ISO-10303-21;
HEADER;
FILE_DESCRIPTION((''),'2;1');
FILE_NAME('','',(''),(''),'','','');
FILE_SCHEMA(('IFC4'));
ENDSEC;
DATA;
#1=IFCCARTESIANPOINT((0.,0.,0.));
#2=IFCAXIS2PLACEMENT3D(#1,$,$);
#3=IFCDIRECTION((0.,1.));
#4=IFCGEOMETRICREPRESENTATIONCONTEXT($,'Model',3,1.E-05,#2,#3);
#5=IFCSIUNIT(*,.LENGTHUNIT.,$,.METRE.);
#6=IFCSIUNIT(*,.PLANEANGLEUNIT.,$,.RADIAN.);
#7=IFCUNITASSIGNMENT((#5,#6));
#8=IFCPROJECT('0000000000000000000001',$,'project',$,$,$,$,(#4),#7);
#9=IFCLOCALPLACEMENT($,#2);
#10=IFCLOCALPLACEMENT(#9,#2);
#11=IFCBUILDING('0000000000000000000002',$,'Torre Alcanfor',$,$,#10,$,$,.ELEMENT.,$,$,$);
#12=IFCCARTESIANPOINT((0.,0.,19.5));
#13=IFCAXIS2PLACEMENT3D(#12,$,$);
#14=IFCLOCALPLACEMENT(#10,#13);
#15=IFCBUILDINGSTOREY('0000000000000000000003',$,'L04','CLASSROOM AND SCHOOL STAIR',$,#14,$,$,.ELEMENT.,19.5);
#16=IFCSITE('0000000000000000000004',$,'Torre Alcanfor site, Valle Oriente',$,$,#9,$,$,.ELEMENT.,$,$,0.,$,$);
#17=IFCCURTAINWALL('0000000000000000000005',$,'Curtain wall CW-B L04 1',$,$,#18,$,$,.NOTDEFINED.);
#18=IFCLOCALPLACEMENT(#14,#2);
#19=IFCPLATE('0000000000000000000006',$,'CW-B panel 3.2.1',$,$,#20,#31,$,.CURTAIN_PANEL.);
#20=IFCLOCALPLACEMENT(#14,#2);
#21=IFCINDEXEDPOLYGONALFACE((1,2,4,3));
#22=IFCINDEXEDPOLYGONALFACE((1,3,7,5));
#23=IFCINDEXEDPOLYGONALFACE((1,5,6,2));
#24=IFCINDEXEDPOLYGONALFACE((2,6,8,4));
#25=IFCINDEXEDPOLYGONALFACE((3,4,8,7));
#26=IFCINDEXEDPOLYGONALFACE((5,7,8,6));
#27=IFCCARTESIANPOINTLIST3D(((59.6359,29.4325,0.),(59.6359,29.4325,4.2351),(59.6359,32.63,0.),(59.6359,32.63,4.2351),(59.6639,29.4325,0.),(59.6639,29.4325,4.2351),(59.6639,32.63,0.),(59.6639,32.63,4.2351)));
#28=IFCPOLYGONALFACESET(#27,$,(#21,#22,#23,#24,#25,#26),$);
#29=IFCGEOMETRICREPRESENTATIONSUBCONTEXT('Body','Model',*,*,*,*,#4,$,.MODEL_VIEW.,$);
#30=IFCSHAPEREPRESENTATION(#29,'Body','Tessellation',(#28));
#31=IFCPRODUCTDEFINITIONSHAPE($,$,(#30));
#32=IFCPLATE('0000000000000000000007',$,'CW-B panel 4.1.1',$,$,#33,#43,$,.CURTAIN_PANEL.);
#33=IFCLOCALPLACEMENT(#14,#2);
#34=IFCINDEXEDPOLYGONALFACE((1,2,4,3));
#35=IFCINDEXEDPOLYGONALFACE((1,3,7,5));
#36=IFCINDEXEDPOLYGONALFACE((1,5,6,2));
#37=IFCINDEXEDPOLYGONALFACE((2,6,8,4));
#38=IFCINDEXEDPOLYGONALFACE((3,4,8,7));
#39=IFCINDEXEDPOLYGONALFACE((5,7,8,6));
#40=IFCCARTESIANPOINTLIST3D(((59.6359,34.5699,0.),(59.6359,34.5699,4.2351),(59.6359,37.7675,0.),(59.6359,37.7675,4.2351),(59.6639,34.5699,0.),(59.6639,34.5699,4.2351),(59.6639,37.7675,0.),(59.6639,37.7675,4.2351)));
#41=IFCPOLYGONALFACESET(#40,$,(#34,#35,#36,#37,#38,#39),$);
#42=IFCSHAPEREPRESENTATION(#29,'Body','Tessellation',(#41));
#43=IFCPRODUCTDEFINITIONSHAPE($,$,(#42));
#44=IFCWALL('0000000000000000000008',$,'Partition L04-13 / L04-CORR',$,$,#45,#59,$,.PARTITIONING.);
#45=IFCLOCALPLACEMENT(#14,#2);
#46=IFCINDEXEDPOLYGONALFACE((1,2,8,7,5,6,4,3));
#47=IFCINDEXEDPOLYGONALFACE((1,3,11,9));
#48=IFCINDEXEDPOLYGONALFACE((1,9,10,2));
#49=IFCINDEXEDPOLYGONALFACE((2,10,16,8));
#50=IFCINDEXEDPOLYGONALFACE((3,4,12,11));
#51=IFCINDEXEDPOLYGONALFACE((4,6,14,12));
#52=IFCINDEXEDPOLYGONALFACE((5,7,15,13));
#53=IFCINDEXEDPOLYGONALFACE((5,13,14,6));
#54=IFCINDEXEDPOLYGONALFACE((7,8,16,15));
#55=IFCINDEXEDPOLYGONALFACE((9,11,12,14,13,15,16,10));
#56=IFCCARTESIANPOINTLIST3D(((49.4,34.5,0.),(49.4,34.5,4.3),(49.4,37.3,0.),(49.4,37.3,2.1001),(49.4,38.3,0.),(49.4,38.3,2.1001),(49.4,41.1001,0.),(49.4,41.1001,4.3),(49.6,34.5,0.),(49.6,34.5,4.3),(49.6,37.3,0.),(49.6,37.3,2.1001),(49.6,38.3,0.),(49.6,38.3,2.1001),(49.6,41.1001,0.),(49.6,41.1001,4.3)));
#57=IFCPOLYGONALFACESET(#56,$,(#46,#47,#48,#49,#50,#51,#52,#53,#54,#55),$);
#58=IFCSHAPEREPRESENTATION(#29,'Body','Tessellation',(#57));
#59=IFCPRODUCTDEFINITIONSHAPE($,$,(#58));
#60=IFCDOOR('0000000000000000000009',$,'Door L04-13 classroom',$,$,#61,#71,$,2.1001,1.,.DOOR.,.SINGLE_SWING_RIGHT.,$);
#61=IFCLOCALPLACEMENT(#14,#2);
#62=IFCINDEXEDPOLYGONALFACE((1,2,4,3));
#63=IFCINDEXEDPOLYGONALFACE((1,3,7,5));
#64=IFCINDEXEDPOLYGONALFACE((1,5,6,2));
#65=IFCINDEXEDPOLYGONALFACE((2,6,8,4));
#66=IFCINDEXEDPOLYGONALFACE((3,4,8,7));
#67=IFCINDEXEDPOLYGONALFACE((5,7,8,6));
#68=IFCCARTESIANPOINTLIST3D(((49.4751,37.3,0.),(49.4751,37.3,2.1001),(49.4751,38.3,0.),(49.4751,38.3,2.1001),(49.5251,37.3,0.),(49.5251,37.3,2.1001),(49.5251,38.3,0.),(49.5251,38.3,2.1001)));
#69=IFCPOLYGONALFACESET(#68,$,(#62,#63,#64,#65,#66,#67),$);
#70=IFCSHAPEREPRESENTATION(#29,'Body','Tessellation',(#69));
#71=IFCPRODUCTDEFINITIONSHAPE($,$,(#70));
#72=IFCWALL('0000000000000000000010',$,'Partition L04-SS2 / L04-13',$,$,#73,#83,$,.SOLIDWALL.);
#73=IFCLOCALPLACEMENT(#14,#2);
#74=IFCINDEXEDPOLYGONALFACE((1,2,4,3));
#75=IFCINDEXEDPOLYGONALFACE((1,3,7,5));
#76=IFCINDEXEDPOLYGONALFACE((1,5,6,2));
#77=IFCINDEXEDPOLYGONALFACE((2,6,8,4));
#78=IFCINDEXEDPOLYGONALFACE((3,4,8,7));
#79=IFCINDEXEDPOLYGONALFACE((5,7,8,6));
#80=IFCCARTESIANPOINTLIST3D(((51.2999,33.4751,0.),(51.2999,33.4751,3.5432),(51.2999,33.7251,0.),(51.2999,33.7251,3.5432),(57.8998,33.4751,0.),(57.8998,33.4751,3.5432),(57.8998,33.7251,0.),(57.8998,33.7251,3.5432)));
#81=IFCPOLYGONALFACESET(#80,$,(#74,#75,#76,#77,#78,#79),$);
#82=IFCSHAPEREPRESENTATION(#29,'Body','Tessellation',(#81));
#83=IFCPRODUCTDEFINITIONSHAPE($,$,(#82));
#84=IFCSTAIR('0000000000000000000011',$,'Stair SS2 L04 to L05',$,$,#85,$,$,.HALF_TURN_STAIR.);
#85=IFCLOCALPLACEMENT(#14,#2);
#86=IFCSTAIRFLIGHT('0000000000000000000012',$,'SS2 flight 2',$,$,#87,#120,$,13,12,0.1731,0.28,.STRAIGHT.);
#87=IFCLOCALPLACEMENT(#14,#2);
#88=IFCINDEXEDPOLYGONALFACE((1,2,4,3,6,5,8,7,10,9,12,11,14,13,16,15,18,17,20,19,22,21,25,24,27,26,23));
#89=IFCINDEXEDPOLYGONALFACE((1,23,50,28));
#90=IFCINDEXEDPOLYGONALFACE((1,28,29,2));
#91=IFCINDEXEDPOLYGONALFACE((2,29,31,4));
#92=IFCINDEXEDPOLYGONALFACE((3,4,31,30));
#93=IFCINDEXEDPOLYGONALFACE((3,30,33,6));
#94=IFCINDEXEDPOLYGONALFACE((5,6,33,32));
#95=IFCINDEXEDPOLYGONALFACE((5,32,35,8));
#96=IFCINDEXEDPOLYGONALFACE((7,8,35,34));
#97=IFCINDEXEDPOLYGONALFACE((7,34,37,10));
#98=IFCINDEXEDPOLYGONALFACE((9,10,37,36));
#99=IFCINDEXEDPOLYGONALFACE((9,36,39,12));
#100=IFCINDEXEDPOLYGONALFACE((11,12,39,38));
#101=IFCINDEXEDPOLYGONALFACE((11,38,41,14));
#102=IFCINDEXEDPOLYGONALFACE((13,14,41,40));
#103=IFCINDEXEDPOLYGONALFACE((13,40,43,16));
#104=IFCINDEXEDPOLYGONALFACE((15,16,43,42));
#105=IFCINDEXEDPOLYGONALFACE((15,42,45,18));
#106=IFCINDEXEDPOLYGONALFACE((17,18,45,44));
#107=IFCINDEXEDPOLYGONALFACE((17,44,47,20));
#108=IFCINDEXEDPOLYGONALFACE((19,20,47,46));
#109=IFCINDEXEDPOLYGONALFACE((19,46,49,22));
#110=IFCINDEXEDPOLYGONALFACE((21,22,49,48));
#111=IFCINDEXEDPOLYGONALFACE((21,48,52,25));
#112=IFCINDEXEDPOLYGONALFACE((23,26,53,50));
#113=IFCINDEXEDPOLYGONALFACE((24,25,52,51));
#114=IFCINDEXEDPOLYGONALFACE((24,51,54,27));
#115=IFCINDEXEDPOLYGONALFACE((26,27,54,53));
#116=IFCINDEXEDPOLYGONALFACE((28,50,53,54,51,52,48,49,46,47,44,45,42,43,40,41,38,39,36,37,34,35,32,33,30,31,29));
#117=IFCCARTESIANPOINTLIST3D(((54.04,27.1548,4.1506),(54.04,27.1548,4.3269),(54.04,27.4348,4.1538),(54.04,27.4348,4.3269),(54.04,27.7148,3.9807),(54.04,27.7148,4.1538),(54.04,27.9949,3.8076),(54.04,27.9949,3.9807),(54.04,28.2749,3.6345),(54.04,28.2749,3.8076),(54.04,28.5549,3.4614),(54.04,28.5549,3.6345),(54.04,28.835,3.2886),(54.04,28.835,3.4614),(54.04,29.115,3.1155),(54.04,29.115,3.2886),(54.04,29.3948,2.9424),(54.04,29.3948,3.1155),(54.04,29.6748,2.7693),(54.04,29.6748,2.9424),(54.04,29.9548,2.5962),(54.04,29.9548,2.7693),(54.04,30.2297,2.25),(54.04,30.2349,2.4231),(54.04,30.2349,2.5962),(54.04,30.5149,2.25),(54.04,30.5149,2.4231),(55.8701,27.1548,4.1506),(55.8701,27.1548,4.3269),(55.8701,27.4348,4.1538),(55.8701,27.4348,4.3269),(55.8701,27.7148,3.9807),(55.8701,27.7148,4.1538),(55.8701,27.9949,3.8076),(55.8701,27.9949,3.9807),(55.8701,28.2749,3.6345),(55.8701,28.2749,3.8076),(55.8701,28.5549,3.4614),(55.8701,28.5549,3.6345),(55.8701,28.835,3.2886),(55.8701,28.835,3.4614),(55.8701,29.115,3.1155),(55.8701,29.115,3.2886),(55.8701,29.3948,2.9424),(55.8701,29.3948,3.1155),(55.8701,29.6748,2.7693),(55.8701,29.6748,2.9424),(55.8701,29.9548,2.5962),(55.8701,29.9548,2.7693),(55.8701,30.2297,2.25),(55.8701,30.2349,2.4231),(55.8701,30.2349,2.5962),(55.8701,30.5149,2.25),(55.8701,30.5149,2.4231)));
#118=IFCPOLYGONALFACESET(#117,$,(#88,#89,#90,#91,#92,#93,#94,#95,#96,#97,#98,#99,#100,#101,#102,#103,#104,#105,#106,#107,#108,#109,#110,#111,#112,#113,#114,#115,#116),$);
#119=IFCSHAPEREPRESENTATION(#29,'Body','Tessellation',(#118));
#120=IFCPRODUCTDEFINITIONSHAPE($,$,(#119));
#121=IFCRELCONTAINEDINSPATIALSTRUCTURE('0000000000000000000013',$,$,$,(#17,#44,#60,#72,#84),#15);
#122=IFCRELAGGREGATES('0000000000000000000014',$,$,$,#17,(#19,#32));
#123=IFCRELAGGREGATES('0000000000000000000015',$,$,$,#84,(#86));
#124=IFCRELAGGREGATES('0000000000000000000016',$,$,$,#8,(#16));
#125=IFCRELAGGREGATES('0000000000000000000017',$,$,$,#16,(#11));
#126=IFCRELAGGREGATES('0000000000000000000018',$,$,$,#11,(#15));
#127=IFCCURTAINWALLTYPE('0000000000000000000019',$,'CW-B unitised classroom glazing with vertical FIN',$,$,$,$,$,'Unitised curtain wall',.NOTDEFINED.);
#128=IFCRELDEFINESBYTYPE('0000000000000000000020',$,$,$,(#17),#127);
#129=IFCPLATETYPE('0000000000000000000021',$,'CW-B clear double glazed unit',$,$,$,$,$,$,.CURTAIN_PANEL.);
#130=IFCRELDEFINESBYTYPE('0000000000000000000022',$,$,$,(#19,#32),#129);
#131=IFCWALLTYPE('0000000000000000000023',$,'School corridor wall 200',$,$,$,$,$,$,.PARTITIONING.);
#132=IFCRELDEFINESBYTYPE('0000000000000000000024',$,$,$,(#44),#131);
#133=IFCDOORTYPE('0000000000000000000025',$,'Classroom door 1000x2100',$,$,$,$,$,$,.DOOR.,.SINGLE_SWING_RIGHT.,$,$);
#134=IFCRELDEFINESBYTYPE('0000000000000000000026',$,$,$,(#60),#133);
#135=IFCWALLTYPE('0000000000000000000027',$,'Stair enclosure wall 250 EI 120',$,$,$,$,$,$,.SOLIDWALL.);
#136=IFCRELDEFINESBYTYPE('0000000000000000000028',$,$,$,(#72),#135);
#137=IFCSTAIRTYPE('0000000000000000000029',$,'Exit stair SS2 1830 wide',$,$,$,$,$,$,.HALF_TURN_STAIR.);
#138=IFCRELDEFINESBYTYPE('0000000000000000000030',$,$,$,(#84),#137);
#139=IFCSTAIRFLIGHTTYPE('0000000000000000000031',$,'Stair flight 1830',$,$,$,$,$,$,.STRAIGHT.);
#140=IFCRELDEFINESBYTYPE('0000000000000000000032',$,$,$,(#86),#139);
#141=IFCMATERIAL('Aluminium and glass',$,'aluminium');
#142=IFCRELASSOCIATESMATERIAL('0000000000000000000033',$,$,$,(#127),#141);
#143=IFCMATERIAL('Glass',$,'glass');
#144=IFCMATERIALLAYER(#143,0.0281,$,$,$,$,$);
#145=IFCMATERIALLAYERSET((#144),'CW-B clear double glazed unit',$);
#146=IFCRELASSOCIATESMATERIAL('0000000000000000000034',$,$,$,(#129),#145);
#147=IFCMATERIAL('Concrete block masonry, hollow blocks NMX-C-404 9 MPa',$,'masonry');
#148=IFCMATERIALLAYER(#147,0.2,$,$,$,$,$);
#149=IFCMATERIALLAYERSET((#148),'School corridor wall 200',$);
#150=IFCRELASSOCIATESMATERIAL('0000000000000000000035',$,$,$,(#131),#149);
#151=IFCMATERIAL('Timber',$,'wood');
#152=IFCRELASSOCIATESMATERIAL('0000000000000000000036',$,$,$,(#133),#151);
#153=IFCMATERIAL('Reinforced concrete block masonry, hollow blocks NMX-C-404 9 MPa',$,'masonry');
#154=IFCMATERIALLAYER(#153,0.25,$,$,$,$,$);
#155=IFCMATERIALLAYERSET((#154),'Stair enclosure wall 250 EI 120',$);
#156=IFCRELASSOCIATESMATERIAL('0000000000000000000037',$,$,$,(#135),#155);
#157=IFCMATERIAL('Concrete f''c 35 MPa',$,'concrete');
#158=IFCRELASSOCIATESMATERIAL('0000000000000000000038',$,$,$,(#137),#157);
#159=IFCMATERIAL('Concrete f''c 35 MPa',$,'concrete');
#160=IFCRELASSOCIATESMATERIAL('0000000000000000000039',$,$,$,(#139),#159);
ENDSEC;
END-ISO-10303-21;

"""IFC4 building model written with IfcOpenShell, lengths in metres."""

from ifc_helpers import new_model, si_unit, direction, frame, frame_2d, origin, origin_2d, place, context, subcontext, project, spatial, polyline, rectangle, outline, extrude, material, layer, layer_set, type_object, element, fill, aggregate, save


model = new_model("IFC4")

# Units and contexts
model_context = context("Model", 3, precision=1e-05, world=origin(), true_north=direction((0.0, 1.0)))
body_context = subcontext(model_context, "Body", "Model", "MODEL_VIEW")
ifc_project = project(units=[si_unit("LENGTHUNIT", "METRE"), si_unit("PLANEANGLEUNIT", "RADIAN")], contexts=[model_context])

# Site, building, storey
site_placement = place(None, origin())
site = spatial("IfcSite", under=ifc_project, at=site_placement, Name="Torre Alcanfor site, Valle Oriente", CompositionType="ELEMENT", RefElevation=0.0)
building_placement = place(site_placement, origin())
building = spatial("IfcBuilding", under=site, at=building_placement, Name="Torre Alcanfor", CompositionType="ELEMENT")
storey_placement = place(building_placement, frame((0.0, 0.0, 19.5)))
storey = spatial("IfcBuildingStorey", under=building, at=storey_placement, Name="L04", Description="CLASSROOM AND SCHOOL STAIR", CompositionType="ELEMENT", Elevation=19.5)

# Curtain wall
ifc_material_1 = material(Name="Aluminium and glass", Category="aluminium")
curtain_wall_type = type_object("IfcCurtainWallType", Name="CW-B unitised classroom glazing with vertical FIN", ElementType="Unitised curtain wall", PredefinedType="NOTDEFINED", material=ifc_material_1)
curtain_wall_placement = place(storey_placement, origin())
curtain_wall = element("IfcCurtainWall", 1, at=curtain_wall_placement, inside=storey, type_object=curtain_wall_type, Name="Curtain wall CW-B L04 1", PredefinedType="NOTDEFINED")

# Plates
ifc_material_2 = material(Name="Glass", Category="glass")
ifc_layer_1 = layer(ifc_material_2, 0.0281)
ifc_layer_set_1 = layer_set([ifc_layer_1], Name="CW-B clear double glazed unit")
plate_type = type_object("IfcPlateType", Name="CW-B clear double glazed unit", PredefinedType="CURTAIN_PANEL", material=ifc_layer_set_1)
plate_1_placement = place(storey_placement, frame((59.6499, 31.0312, 0.0), z_axis=(0.0, 0.0, 1.0), x_axis=(0.0, 1.0, 0.0)))
plate_1 = element("IfcPlate", 2, at=plate_1_placement, type_object=plate_type, Name="CW-B panel 3.2.1", PredefinedType="CURTAIN_PANEL", context=body_context, shape_type="SweptSolid", body=[
    extrude(rectangle(XDim=3.1975, YDim=0.0281, at=origin_2d()), origin(), (0.0, 0.0, 1.0), 4.2351),
])
plate_2_placement = place(storey_placement, frame((59.6499, 36.1687, 0.0), z_axis=(0.0, 0.0, 1.0), x_axis=(0.0, 1.0, 0.0)))
plate_2 = element("IfcPlate", 3, at=plate_2_placement, type_object=plate_type, Name="CW-B panel 4.1.1", PredefinedType="CURTAIN_PANEL", context=body_context, shape_type="SweptSolid", body=[
    extrude(rectangle(XDim=3.1975, YDim=0.0281, at=origin_2d()), origin(), (0.0, 0.0, 1.0), 4.2351),
])
aggregate(curtain_wall, [plate_1, plate_2])

# Wall, opening, door
ifc_material_3 = material(Name="Concrete block masonry, hollow blocks NMX-C-404 9 MPa", Category="masonry")
ifc_layer_2 = layer(ifc_material_3, 0.2)
ifc_layer_set_2 = layer_set([ifc_layer_2], Name="School corridor wall 200")
wall_type_1 = type_object("IfcWallType", Name="School corridor wall 200", PredefinedType="PARTITIONING", material=ifc_layer_set_2)
wall_1_placement = place(storey_placement, frame((49.5, 34.5, 0.0), z_axis=(0.0, 0.0, 1.0), x_axis=(0.0, 1.0, 0.0)))
wall_1 = element("IfcWall", 4, at=wall_1_placement, inside=storey, type_object=wall_type_1, Name="Partition L04-13 / L04-CORR", PredefinedType="PARTITIONING", context=body_context, shape_type="SweptSolid", body=[
    extrude(rectangle(XDim=6.6001, YDim=0.2, at=frame_2d((3.3, 0.0))), origin(), (0.0, 0.0, 1.0), 4.3),
])
opening_placement = place(wall_1_placement, frame((2.8, 0.0, 0.0)))
opening = element("IfcOpeningElement", 5, at=opening_placement, cuts=wall_1, PredefinedType="OPENING", context=body_context, shape_type="SweptSolid", body=[
    extrude(rectangle(XDim=1.0, YDim=2.1001, at=frame_2d((0.5, 1.05))), frame((0.0, 0.1099, 0.0), z_axis=(0.0, -1.0, 0.0), x_axis=(1.0, 0.0, 0.0)), (0.0, 0.0, 1.0), 0.22),
])
ifc_material_4 = material(Name="Timber", Category="wood")
door_type = type_object("IfcDoorType", Name="Classroom door 1000x2100", OperationType="SINGLE_SWING_RIGHT", PredefinedType="DOOR", material=ifc_material_4)
door_placement = place(opening_placement, frame((1.0, 0.0, 0.0), z_axis=(0.0, 0.0, 1.0), x_axis=(-1.0, 0.0, 0.0)))
door = element("IfcDoor", 6, at=door_placement, inside=storey, type_object=door_type, Name="Door L04-13 classroom", OperationType="SINGLE_SWING_RIGHT", OverallHeight=2.1001, OverallWidth=1.0, PredefinedType="DOOR", context=body_context, shape_type="SweptSolid", body=[
    extrude(rectangle(XDim=1.0, YDim=2.1001, at=frame_2d((0.5, 1.05))), frame((0.0, 0.0251, 0.0), z_axis=(0.0, -1.0, 0.0), x_axis=(1.0, 0.0, 0.0)), (0.0, 0.0, 1.0), 0.05),
])
fill(opening, door)

# Wall
ifc_material_5 = material(Name="Reinforced concrete block masonry, hollow blocks NMX-C-404 9 MPa", Category="masonry")
ifc_layer_3 = layer(ifc_material_5, 0.25)
ifc_layer_set_3 = layer_set([ifc_layer_3], Name="Stair enclosure wall 250 EI 120")
wall_type_2 = type_object("IfcWallType", Name="Stair enclosure wall 250 EI 120", PredefinedType="SOLIDWALL", material=ifc_layer_set_3)
wall_2_placement = place(storey_placement, frame((51.3, 33.6001, 0.0), z_axis=(0.0, 0.0, 1.0), x_axis=(1.0, 0.0, 0.0)))
element("IfcWall", 7, at=wall_2_placement, inside=storey, type_object=wall_type_2, Name="Partition L04-SS2 / L04-13", PredefinedType="SOLIDWALL", context=body_context, shape_type="SweptSolid", body=[
    extrude(rectangle(XDim=6.5999, YDim=0.25, at=frame_2d((3.2998, 0.0))), origin(), (0.0, 0.0, 1.0), 3.5432),
])

# Stair, stair flight
ifc_material_6 = material(Name="Concrete f'c 35 MPa", Category="concrete")
stair_type = type_object("IfcStairType", Name="Exit stair SS2 1830 wide", PredefinedType="HALF_TURN_STAIR", material=ifc_material_6)
stair_placement = place(storey_placement, origin())
stair = element("IfcStair", 8, at=stair_placement, inside=storey, type_object=stair_type, Name="Stair SS2 L04 to L05", PredefinedType="HALF_TURN_STAIR")
ifc_material_7 = material(Name="Concrete f'c 35 MPa", Category="concrete")
stair_flight_type = type_object("IfcStairFlightType", Name="Stair flight 1830", PredefinedType="STRAIGHT", material=ifc_material_7)
stair_flight_placement = place(storey_placement, frame((54.9551, 30.5149, 2.25), z_axis=(0.0, 0.0, 1.0), x_axis=(0.0, -1.0, 0.0)))
stair_flight = element("IfcStairFlight", 9, at=stair_flight_placement, type_object=stair_flight_type, Name="SS2 flight 2", NumberOfRisers=13, NumberOfTreads=12, PredefinedType="STRAIGHT", RiserHeight=0.1731, TreadLength=0.28, context=body_context, shape_type="SweptSolid", body=[
    extrude(outline(polyline([(0.0, 0.0), (0.0, 0.1731), (0.28, 0.1731), (0.28, 0.3462), (0.5601, 0.3462), (0.5601, 0.5193), (0.8401, 0.5193), (0.8401, 0.6924), (1.1201, 0.6924), (1.1201, 0.8655), (1.3999, 0.8655), (1.3999, 1.0386), (1.6799, 1.0386), (1.6799, 1.2114), (1.96, 1.2114), (1.96, 1.3845), (2.24, 1.3845), (2.24, 1.5576), (2.52, 1.5576), (2.52, 1.7307), (2.8, 1.7307), (2.8, 1.9038), (3.0801, 1.9038), (3.0801, 2.0769), (3.3601, 2.0769), (3.3601, 2.25), (3.3601, 1.9006), (0.2852, 0.0), (0.0, 0.0)])), frame((0.0, 0.915, 0.0), z_axis=(0.0, -1.0, 0.0), x_axis=(1.0, 0.0, 0.0)), (0.0, 0.0, 1.0), 1.8301),
])
aggregate(stair, [stair_flight])

save(model, "model.ifc")
